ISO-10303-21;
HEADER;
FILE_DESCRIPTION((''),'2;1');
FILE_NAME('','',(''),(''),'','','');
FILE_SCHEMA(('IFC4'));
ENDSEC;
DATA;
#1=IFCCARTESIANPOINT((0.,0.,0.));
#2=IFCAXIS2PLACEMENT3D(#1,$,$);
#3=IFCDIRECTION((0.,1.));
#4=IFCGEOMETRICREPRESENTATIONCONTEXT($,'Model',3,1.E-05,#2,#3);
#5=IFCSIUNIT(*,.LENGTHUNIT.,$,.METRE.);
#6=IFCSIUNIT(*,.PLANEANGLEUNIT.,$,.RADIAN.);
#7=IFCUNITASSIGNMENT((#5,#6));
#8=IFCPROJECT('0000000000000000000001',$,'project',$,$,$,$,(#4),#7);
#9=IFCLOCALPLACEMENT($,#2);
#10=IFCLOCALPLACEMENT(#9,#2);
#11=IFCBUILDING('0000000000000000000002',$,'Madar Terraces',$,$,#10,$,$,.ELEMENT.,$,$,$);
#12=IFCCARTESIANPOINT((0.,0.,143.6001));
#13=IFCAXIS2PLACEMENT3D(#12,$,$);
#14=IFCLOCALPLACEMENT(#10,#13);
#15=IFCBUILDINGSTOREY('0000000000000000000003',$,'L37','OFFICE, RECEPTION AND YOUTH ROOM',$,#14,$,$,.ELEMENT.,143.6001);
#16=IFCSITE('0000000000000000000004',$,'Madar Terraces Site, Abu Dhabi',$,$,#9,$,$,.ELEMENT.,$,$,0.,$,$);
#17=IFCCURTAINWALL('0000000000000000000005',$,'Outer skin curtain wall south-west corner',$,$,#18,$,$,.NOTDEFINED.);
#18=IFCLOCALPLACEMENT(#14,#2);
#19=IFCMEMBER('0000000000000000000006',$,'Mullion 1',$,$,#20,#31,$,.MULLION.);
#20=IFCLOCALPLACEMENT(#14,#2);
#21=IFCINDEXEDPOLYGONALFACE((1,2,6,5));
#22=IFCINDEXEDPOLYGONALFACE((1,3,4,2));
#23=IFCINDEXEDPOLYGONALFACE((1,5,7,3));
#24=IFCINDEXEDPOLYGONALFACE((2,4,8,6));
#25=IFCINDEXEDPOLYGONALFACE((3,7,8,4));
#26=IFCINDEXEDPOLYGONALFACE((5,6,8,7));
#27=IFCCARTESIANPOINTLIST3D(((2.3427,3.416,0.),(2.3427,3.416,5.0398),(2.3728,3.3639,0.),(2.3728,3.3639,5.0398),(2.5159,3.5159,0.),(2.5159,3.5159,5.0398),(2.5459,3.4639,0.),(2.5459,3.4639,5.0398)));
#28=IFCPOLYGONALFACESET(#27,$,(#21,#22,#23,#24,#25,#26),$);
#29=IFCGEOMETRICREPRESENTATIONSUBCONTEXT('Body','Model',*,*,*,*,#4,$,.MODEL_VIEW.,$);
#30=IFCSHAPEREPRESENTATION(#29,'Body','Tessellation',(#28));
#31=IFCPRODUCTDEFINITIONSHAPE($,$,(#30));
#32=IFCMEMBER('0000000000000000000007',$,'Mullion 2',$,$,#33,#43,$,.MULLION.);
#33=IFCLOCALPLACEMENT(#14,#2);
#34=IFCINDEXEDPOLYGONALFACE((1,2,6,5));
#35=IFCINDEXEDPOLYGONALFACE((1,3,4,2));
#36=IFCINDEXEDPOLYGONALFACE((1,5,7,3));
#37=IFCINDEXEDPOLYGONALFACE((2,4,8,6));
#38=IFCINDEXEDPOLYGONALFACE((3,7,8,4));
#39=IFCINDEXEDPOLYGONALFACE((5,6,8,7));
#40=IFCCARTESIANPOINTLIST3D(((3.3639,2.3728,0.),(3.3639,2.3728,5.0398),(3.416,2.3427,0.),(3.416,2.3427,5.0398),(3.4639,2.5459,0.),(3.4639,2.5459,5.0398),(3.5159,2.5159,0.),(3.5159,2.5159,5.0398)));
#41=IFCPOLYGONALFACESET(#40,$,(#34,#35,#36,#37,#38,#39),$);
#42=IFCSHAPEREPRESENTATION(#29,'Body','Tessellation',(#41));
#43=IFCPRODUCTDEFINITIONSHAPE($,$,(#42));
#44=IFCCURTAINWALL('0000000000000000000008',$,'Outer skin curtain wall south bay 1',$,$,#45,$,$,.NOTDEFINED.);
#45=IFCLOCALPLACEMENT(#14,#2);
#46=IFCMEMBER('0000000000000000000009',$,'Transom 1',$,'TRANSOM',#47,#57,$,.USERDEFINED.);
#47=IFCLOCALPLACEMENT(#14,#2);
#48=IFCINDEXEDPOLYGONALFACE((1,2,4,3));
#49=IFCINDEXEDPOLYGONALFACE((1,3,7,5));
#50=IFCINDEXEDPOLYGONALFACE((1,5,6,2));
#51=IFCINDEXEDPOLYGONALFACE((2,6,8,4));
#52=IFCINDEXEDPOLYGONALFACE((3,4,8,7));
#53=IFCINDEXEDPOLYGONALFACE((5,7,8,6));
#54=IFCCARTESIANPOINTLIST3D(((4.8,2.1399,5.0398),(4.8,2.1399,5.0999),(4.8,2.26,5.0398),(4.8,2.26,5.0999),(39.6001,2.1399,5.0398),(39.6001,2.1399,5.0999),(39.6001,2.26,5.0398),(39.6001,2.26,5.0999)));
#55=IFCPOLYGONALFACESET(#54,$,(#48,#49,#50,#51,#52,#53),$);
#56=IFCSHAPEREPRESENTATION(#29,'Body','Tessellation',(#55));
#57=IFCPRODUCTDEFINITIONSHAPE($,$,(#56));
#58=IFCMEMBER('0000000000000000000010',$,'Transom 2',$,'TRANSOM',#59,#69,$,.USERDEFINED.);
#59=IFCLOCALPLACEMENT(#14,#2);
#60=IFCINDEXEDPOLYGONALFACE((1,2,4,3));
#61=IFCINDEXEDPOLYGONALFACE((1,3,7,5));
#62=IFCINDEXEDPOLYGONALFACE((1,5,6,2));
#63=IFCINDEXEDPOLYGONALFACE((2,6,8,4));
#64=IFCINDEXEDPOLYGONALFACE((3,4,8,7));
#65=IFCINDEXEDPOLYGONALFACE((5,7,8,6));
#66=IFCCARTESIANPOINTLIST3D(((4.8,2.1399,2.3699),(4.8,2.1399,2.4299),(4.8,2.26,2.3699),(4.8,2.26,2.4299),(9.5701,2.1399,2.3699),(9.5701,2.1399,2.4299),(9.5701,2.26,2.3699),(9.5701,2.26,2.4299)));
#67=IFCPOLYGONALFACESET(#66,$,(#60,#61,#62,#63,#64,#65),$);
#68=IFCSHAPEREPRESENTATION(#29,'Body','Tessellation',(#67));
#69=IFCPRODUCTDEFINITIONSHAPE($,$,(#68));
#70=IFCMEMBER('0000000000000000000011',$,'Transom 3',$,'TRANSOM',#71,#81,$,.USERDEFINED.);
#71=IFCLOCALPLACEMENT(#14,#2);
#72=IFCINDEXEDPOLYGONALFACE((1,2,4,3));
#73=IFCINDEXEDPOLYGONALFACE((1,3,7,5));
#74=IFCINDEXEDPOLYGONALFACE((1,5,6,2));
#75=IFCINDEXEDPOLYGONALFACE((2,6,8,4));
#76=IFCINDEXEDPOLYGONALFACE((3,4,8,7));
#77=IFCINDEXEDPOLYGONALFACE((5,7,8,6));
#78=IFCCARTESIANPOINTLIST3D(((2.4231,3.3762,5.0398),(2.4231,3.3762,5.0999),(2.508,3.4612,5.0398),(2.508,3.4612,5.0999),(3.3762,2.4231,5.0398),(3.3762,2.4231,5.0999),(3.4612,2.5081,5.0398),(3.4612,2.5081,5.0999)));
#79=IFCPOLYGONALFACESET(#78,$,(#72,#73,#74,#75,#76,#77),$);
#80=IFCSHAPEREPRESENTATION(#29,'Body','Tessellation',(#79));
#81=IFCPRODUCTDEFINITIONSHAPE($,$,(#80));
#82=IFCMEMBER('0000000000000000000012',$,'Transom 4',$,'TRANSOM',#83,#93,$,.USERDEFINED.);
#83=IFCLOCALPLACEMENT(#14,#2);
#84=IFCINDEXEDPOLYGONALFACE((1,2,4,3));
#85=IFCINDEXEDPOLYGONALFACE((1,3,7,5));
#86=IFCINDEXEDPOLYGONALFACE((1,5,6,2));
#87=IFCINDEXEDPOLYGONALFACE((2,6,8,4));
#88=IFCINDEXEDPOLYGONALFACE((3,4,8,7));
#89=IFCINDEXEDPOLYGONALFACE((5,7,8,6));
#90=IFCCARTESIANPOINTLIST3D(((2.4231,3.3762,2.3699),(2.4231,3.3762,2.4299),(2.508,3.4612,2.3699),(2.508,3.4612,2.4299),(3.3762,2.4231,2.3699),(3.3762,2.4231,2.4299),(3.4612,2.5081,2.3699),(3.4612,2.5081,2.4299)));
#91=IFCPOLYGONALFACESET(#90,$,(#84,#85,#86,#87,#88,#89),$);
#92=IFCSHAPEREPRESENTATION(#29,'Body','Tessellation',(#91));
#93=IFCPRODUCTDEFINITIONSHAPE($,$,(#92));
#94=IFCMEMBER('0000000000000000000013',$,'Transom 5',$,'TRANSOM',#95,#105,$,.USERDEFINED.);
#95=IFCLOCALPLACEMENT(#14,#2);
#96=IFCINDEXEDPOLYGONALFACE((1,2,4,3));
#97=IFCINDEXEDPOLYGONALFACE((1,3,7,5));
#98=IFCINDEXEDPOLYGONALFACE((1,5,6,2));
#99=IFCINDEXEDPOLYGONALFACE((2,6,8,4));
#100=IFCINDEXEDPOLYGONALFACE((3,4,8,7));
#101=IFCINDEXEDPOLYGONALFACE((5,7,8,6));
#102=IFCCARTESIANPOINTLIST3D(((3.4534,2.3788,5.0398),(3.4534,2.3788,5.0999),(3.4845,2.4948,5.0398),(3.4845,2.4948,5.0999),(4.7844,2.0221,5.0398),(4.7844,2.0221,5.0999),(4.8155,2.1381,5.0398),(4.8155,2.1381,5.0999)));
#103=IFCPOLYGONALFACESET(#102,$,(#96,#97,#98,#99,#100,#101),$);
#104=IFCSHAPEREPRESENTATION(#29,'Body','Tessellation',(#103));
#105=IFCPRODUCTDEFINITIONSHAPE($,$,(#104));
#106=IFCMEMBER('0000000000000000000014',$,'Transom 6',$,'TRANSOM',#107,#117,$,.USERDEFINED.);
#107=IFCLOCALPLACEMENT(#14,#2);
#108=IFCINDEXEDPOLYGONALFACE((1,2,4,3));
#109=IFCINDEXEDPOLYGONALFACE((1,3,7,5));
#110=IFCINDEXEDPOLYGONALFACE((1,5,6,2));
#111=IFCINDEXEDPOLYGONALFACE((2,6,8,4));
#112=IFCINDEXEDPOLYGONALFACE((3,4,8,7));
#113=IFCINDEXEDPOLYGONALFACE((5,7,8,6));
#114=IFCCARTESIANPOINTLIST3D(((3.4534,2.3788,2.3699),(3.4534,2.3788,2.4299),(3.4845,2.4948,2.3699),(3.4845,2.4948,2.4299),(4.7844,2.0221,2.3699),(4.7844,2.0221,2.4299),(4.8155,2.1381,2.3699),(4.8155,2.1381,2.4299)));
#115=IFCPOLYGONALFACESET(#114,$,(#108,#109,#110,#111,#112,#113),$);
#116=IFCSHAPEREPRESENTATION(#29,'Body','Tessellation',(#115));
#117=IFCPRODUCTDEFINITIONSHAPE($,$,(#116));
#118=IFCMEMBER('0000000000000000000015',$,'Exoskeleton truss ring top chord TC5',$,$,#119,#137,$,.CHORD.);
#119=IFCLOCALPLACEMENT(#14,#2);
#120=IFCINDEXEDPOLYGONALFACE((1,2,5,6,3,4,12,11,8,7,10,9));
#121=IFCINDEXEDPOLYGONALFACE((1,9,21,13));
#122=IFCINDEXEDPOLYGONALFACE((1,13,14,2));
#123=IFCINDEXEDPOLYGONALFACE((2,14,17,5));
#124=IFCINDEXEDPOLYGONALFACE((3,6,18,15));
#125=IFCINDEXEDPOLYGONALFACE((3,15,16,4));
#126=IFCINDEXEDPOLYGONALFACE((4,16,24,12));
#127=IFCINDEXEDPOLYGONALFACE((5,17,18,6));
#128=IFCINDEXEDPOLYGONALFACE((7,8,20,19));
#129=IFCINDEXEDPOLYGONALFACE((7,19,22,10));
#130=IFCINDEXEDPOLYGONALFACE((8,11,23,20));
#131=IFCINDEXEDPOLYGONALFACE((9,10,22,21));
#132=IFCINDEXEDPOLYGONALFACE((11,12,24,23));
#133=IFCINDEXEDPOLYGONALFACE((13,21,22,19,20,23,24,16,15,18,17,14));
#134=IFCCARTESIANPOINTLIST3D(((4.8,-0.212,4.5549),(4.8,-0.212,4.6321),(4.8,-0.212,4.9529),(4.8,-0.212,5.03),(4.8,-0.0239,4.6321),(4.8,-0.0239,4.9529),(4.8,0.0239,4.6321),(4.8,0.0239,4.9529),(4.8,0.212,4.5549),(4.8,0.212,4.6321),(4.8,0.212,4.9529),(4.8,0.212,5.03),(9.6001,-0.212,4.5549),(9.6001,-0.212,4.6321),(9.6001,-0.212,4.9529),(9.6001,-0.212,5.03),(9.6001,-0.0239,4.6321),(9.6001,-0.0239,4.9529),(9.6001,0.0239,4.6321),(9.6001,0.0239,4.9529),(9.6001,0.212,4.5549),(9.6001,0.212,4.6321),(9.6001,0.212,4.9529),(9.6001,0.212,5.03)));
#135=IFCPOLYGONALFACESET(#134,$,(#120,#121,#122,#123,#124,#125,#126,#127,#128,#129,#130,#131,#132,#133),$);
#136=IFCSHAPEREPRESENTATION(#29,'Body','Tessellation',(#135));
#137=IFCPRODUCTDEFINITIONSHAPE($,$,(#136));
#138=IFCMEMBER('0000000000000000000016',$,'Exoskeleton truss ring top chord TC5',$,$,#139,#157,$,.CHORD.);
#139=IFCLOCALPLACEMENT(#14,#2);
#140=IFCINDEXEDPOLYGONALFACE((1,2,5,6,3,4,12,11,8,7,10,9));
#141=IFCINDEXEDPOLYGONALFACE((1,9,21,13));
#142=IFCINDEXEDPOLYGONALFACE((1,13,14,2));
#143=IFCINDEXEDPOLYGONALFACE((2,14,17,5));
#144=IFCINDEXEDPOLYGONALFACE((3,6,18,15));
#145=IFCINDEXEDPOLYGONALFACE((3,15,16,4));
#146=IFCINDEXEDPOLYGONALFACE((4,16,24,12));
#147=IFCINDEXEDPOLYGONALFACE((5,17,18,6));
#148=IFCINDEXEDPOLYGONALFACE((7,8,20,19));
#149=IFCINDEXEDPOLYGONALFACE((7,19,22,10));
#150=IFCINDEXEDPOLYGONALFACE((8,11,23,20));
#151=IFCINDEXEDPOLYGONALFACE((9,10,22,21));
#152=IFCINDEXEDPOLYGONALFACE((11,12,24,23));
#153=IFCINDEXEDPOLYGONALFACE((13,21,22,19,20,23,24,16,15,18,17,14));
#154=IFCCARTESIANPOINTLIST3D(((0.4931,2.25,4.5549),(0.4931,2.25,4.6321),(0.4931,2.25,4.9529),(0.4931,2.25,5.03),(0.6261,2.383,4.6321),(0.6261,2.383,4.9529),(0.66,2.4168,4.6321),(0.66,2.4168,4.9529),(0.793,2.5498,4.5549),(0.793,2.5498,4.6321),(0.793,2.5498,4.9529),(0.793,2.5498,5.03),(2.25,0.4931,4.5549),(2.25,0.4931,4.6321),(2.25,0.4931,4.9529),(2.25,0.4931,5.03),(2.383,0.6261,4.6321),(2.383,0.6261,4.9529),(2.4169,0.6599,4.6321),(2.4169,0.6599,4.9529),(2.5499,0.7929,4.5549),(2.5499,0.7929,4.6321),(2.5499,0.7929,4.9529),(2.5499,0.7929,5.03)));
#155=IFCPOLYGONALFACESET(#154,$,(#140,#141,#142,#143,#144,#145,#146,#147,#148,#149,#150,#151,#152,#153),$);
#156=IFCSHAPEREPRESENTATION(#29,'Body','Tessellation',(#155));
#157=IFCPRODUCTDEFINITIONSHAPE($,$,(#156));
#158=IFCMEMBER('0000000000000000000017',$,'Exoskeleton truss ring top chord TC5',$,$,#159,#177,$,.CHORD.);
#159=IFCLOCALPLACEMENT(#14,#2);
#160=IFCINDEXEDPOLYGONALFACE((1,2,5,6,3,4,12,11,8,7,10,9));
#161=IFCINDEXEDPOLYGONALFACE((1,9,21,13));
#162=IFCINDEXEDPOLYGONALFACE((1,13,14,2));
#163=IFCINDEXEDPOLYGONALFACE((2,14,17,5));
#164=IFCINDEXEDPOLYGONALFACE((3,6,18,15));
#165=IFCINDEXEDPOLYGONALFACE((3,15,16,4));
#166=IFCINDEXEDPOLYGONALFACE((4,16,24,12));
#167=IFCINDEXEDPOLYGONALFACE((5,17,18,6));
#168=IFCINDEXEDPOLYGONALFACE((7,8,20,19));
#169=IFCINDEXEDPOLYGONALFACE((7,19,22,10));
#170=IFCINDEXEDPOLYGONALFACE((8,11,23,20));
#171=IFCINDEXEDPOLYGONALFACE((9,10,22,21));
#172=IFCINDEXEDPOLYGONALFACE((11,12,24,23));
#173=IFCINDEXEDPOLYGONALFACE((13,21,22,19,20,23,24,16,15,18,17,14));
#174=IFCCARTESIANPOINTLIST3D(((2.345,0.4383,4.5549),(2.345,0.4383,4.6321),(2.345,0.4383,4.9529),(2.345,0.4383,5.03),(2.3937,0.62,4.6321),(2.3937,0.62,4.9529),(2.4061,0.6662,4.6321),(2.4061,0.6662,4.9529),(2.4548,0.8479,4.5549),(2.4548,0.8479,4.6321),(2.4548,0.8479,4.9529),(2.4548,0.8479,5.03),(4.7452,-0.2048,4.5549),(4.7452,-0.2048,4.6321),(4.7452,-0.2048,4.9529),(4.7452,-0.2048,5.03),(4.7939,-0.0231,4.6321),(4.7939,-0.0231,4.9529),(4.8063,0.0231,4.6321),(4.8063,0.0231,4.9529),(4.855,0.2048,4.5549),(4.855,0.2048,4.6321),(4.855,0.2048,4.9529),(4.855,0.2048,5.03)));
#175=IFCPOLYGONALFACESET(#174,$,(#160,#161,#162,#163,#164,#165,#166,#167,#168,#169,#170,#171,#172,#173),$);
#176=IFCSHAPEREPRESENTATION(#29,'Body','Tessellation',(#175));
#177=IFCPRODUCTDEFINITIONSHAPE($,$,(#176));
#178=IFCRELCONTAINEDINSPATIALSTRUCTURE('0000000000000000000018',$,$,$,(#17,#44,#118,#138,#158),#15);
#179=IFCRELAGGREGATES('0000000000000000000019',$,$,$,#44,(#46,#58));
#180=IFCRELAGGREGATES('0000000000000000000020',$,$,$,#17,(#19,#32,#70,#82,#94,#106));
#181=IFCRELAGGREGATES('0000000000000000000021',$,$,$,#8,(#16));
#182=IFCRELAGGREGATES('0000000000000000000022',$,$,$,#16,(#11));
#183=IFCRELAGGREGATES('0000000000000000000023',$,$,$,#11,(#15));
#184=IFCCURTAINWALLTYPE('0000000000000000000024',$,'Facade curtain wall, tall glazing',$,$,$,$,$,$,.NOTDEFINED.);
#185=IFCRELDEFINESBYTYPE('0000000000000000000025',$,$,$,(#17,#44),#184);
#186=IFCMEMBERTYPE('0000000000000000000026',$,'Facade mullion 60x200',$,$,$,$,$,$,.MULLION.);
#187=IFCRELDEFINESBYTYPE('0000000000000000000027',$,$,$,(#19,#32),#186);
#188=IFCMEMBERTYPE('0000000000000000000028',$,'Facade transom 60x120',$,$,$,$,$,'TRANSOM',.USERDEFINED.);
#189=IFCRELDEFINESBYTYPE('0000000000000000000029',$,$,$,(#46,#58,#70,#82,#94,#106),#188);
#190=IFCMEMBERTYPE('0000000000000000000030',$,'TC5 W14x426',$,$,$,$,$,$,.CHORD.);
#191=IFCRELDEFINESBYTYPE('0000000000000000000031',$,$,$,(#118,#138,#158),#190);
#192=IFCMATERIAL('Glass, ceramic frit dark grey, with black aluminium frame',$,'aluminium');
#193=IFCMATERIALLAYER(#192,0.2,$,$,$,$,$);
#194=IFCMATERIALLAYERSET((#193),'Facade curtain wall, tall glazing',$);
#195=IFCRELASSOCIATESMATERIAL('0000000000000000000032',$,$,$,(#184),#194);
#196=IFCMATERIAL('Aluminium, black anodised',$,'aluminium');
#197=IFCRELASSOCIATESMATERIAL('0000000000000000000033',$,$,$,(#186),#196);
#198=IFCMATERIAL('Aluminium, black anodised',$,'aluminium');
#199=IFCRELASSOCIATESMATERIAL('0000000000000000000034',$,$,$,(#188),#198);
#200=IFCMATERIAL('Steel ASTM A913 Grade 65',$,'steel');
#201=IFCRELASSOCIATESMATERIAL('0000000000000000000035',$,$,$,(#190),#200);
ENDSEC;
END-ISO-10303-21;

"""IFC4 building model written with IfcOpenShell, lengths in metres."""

from ifc_helpers import new_model, si_unit, direction, frame, origin, origin_2d, place, context, subcontext, project, spatial, rectangle, i_section, extrude, material, layer, layer_set, material_profile, profile_set, type_object, element, aggregate, save


model = new_model("IFC4")

# Units and contexts
model_context = context("Model", 3, precision=1e-05, world=origin(), true_north=direction((0.0, 1.0)))
body_context = subcontext(model_context, "Body", "Model", "MODEL_VIEW")
ifc_project = project(units=[si_unit("LENGTHUNIT", "METRE"), si_unit("PLANEANGLEUNIT", "RADIAN")], contexts=[model_context])

# Site, building, storey
site_placement = place(None, origin())
site = spatial("IfcSite", under=ifc_project, at=site_placement, Name="Madar Terraces Site, Abu Dhabi", CompositionType="ELEMENT", RefElevation=0.0)
building_placement = place(site_placement, origin())
building = spatial("IfcBuilding", under=site, at=building_placement, Name="Madar Terraces", CompositionType="ELEMENT")
storey_placement = place(building_placement, frame((0.0, 0.0, 143.6001)))
storey = spatial("IfcBuildingStorey", under=building, at=storey_placement, Name="L37", Description="OFFICE, RECEPTION AND YOUTH ROOM", CompositionType="ELEMENT", Elevation=143.6001)

# Curtain walls, members
ifc_material_1 = material(Name="Glass, ceramic frit dark grey, with black aluminium frame", Category="aluminium")
ifc_layer_1 = layer(ifc_material_1, 0.2)
ifc_layer_set_1 = layer_set([ifc_layer_1], Name="Facade curtain wall, tall glazing")
curtain_wall_type = type_object("IfcCurtainWallType", Name="Facade curtain wall, tall glazing", PredefinedType="NOTDEFINED", material=ifc_layer_set_1)
curtain_wall_1_placement = place(storey_placement, origin())
curtain_wall_1 = element("IfcCurtainWall", 1, at=curtain_wall_1_placement, inside=storey, type_object=curtain_wall_type, Name="Outer skin curtain wall south-west corner", PredefinedType="NOTDEFINED")
ifc_material_2 = material(Name="Aluminium, black anodised", Category="aluminium")
ifc_material_profile_1 = material_profile(ifc_material_2, rectangle(XDim=0.2, YDim=0.0601, at=origin_2d()), Name="Facade mullion 60x200")
ifc_profile_set_1 = profile_set([ifc_material_profile_1], Name="Aluminium, black anodised")
member_type_1 = type_object("IfcMemberType", Name="Facade mullion 60x200", PredefinedType="MULLION", material=ifc_profile_set_1)
member_1_placement = place(storey_placement, frame((2.4443, 3.4399, 0.0), z_axis=(0.0, 0.0, 1.0), x_axis=(0.866025, 0.5, 0.0)))
member_1 = element("IfcMember", 2, at=member_1_placement, type_object=member_type_1, Name="Mullion 1", PredefinedType="MULLION", context=body_context, shape_type="SweptSolid", body=[
    extrude(rectangle(XDim=0.2, YDim=0.0601, at=origin_2d()), origin(), (0.0, 0.0, 1.0), 5.0398),
])
member_2_placement = place(storey_placement, frame((3.4399, 2.4443, 0.0), z_axis=(0.0, 0.0, 1.0), x_axis=(0.5, 0.866025, 0.0)))
member_2 = element("IfcMember", 3, at=member_2_placement, type_object=member_type_1, Name="Mullion 2", PredefinedType="MULLION", context=body_context, shape_type="SweptSolid", body=[
    extrude(rectangle(XDim=0.2, YDim=0.0601, at=origin_2d()), origin(), (0.0, 0.0, 1.0), 5.0398),
])
curtain_wall_2_placement = place(storey_placement, origin())
curtain_wall_2 = element("IfcCurtainWall", 4, at=curtain_wall_2_placement, inside=storey, type_object=curtain_wall_type, Name="Outer skin curtain wall south bay 1", PredefinedType="NOTDEFINED")
ifc_material_3 = material(Name="Aluminium, black anodised", Category="aluminium")
ifc_material_profile_2 = material_profile(ifc_material_3, rectangle(XDim=0.1201, YDim=0.0601, at=origin_2d()), Name="Facade transom 60x120")
ifc_profile_set_2 = profile_set([ifc_material_profile_2], Name="Aluminium, black anodised")
member_type_2 = type_object("IfcMemberType", Name="Facade transom 60x120", ElementType="TRANSOM", PredefinedType="USERDEFINED", material=ifc_profile_set_2)
member_3_placement = place(storey_placement, frame((4.8, 2.2, 5.0698), z_axis=(1.0, 0.0, 0.0), x_axis=(0.0, 1.0, 0.0)))
member_3 = element("IfcMember", 5, at=member_3_placement, type_object=member_type_2, Name="Transom 1", ObjectType="TRANSOM", PredefinedType="USERDEFINED", context=body_context, shape_type="SweptSolid", body=[
    extrude(rectangle(XDim=0.1201, YDim=0.0601, at=origin_2d()), origin(), (0.0, 0.0, 1.0), 34.8),
])
member_4_placement = place(storey_placement, frame((4.8, 2.2, 2.3999), z_axis=(1.0, 0.0, 0.0), x_axis=(0.0, 1.0, 0.0)))
member_4 = element("IfcMember", 6, at=member_4_placement, type_object=member_type_2, Name="Transom 2", ObjectType="TRANSOM", PredefinedType="USERDEFINED", context=body_context, shape_type="SweptSolid", body=[
    extrude(rectangle(XDim=0.1201, YDim=0.0601, at=origin_2d()), origin(), (0.0, 0.0, 1.0), 4.77),
])
aggregate(curtain_wall_2, [member_3, member_4])

# Members
member_5_placement = place(storey_placement, frame((2.4656, 3.4187, 5.0698), z_axis=(0.707107, -0.707107, 0.0), x_axis=(0.707107, 0.707107, 0.0)))
member_5 = element("IfcMember", 7, at=member_5_placement, type_object=member_type_2, Name="Transom 3", ObjectType="TRANSOM", PredefinedType="USERDEFINED", context=body_context, shape_type="SweptSolid", body=[
    extrude(rectangle(XDim=0.1201, YDim=0.0601, at=origin_2d()), origin(), (0.0, 0.0, 1.0), 1.3479),
])
member_6_placement = place(storey_placement, frame((2.4656, 3.4187, 2.3999), z_axis=(0.707107, -0.707107, 0.0), x_axis=(0.707107, 0.707107, 0.0)))
member_6 = element("IfcMember", 8, at=member_6_placement, type_object=member_type_2, Name="Transom 4", ObjectType="TRANSOM", PredefinedType="USERDEFINED", context=body_context, shape_type="SweptSolid", body=[
    extrude(rectangle(XDim=0.1201, YDim=0.0601, at=origin_2d()), origin(), (0.0, 0.0, 1.0), 1.3479),
])
member_7_placement = place(storey_placement, frame((3.469, 2.4368, 5.0698), z_axis=(0.96592, -0.258842, 0.0), x_axis=(0.258842, 0.96592, 0.0)))
member_7 = element("IfcMember", 9, at=member_7_placement, type_object=member_type_2, Name="Transom 5", ObjectType="TRANSOM", PredefinedType="USERDEFINED", context=body_context, shape_type="SweptSolid", body=[
    extrude(rectangle(XDim=0.1201, YDim=0.0601, at=origin_2d()), origin(), (0.0, 0.0, 1.0), 1.3779),
])
member_8_placement = place(storey_placement, frame((3.469, 2.4368, 2.3999), z_axis=(0.96592, -0.258842, 0.0), x_axis=(0.258842, 0.96592, 0.0)))
member_8 = element("IfcMember", 10, at=member_8_placement, type_object=member_type_2, Name="Transom 6", ObjectType="TRANSOM", PredefinedType="USERDEFINED", context=body_context, shape_type="SweptSolid", body=[
    extrude(rectangle(XDim=0.1201, YDim=0.0601, at=origin_2d()), origin(), (0.0, 0.0, 1.0), 1.3779),
])

# Members
ifc_material_4 = material(Name="Steel ASTM A913 Grade 65", Category="steel")
ifc_material_profile_3 = material_profile(ifc_material_4, i_section(OverallWidth=0.4241, OverallDepth=0.4751, WebThickness=0.0479, FlangeThickness=0.0771, at=origin_2d()), Name="W14x426")
ifc_profile_set_3 = profile_set([ifc_material_profile_3], Name="Steel ASTM A913 Grade 65")
member_type_3 = type_object("IfcMemberType", Name="TC5 W14x426", PredefinedType="CHORD", material=ifc_profile_set_3)
member_9_placement = place(storey_placement, frame((4.8, 0.0, 4.7925), z_axis=(1.0, 0.0, 0.0), x_axis=(0.0, 1.0, 0.0)))
element("IfcMember", 11, at=member_9_placement, inside=storey, type_object=member_type_3, Name="Exoskeleton truss ring top chord TC5", PredefinedType="CHORD", context=body_context, shape_type="SweptSolid", body=[
    extrude(i_section(OverallWidth=0.4241, OverallDepth=0.4751, WebThickness=0.0479, FlangeThickness=0.0771, at=origin_2d()), origin(), (0.0, 0.0, 1.0), 4.8),
])
member_10_placement = place(storey_placement, frame((0.6431, 2.3999, 4.7925), z_axis=(0.707107, -0.707107, 0.0), x_axis=(0.707107, 0.707107, 0.0)))
element("IfcMember", 12, at=member_10_placement, inside=storey, type_object=member_type_3, Name="Exoskeleton truss ring top chord TC5", PredefinedType="CHORD", context=body_context, shape_type="SweptSolid", body=[
    extrude(i_section(OverallWidth=0.4241, OverallDepth=0.4751, WebThickness=0.0479, FlangeThickness=0.0771, at=origin_2d()), origin(), (0.0, 0.0, 1.0), 2.4846),
])
member_11_placement = place(storey_placement, frame((2.3999, 0.6431, 4.7925), z_axis=(0.965931, -0.2588, 0.0), x_axis=(0.2588, 0.965931, 0.0)))
element("IfcMember", 13, at=member_11_placement, inside=storey, type_object=member_type_3, Name="Exoskeleton truss ring top chord TC5", PredefinedType="CHORD", context=body_context, shape_type="SweptSolid", body=[
    extrude(i_section(OverallWidth=0.4241, OverallDepth=0.4751, WebThickness=0.0479, FlangeThickness=0.0771, at=origin_2d()), origin(), (0.0, 0.0, 1.0), 2.4849),
])

aggregate(curtain_wall_1, [member_1, member_2, member_5, member_6, member_7, member_8])

save(model, "model.ifc")
